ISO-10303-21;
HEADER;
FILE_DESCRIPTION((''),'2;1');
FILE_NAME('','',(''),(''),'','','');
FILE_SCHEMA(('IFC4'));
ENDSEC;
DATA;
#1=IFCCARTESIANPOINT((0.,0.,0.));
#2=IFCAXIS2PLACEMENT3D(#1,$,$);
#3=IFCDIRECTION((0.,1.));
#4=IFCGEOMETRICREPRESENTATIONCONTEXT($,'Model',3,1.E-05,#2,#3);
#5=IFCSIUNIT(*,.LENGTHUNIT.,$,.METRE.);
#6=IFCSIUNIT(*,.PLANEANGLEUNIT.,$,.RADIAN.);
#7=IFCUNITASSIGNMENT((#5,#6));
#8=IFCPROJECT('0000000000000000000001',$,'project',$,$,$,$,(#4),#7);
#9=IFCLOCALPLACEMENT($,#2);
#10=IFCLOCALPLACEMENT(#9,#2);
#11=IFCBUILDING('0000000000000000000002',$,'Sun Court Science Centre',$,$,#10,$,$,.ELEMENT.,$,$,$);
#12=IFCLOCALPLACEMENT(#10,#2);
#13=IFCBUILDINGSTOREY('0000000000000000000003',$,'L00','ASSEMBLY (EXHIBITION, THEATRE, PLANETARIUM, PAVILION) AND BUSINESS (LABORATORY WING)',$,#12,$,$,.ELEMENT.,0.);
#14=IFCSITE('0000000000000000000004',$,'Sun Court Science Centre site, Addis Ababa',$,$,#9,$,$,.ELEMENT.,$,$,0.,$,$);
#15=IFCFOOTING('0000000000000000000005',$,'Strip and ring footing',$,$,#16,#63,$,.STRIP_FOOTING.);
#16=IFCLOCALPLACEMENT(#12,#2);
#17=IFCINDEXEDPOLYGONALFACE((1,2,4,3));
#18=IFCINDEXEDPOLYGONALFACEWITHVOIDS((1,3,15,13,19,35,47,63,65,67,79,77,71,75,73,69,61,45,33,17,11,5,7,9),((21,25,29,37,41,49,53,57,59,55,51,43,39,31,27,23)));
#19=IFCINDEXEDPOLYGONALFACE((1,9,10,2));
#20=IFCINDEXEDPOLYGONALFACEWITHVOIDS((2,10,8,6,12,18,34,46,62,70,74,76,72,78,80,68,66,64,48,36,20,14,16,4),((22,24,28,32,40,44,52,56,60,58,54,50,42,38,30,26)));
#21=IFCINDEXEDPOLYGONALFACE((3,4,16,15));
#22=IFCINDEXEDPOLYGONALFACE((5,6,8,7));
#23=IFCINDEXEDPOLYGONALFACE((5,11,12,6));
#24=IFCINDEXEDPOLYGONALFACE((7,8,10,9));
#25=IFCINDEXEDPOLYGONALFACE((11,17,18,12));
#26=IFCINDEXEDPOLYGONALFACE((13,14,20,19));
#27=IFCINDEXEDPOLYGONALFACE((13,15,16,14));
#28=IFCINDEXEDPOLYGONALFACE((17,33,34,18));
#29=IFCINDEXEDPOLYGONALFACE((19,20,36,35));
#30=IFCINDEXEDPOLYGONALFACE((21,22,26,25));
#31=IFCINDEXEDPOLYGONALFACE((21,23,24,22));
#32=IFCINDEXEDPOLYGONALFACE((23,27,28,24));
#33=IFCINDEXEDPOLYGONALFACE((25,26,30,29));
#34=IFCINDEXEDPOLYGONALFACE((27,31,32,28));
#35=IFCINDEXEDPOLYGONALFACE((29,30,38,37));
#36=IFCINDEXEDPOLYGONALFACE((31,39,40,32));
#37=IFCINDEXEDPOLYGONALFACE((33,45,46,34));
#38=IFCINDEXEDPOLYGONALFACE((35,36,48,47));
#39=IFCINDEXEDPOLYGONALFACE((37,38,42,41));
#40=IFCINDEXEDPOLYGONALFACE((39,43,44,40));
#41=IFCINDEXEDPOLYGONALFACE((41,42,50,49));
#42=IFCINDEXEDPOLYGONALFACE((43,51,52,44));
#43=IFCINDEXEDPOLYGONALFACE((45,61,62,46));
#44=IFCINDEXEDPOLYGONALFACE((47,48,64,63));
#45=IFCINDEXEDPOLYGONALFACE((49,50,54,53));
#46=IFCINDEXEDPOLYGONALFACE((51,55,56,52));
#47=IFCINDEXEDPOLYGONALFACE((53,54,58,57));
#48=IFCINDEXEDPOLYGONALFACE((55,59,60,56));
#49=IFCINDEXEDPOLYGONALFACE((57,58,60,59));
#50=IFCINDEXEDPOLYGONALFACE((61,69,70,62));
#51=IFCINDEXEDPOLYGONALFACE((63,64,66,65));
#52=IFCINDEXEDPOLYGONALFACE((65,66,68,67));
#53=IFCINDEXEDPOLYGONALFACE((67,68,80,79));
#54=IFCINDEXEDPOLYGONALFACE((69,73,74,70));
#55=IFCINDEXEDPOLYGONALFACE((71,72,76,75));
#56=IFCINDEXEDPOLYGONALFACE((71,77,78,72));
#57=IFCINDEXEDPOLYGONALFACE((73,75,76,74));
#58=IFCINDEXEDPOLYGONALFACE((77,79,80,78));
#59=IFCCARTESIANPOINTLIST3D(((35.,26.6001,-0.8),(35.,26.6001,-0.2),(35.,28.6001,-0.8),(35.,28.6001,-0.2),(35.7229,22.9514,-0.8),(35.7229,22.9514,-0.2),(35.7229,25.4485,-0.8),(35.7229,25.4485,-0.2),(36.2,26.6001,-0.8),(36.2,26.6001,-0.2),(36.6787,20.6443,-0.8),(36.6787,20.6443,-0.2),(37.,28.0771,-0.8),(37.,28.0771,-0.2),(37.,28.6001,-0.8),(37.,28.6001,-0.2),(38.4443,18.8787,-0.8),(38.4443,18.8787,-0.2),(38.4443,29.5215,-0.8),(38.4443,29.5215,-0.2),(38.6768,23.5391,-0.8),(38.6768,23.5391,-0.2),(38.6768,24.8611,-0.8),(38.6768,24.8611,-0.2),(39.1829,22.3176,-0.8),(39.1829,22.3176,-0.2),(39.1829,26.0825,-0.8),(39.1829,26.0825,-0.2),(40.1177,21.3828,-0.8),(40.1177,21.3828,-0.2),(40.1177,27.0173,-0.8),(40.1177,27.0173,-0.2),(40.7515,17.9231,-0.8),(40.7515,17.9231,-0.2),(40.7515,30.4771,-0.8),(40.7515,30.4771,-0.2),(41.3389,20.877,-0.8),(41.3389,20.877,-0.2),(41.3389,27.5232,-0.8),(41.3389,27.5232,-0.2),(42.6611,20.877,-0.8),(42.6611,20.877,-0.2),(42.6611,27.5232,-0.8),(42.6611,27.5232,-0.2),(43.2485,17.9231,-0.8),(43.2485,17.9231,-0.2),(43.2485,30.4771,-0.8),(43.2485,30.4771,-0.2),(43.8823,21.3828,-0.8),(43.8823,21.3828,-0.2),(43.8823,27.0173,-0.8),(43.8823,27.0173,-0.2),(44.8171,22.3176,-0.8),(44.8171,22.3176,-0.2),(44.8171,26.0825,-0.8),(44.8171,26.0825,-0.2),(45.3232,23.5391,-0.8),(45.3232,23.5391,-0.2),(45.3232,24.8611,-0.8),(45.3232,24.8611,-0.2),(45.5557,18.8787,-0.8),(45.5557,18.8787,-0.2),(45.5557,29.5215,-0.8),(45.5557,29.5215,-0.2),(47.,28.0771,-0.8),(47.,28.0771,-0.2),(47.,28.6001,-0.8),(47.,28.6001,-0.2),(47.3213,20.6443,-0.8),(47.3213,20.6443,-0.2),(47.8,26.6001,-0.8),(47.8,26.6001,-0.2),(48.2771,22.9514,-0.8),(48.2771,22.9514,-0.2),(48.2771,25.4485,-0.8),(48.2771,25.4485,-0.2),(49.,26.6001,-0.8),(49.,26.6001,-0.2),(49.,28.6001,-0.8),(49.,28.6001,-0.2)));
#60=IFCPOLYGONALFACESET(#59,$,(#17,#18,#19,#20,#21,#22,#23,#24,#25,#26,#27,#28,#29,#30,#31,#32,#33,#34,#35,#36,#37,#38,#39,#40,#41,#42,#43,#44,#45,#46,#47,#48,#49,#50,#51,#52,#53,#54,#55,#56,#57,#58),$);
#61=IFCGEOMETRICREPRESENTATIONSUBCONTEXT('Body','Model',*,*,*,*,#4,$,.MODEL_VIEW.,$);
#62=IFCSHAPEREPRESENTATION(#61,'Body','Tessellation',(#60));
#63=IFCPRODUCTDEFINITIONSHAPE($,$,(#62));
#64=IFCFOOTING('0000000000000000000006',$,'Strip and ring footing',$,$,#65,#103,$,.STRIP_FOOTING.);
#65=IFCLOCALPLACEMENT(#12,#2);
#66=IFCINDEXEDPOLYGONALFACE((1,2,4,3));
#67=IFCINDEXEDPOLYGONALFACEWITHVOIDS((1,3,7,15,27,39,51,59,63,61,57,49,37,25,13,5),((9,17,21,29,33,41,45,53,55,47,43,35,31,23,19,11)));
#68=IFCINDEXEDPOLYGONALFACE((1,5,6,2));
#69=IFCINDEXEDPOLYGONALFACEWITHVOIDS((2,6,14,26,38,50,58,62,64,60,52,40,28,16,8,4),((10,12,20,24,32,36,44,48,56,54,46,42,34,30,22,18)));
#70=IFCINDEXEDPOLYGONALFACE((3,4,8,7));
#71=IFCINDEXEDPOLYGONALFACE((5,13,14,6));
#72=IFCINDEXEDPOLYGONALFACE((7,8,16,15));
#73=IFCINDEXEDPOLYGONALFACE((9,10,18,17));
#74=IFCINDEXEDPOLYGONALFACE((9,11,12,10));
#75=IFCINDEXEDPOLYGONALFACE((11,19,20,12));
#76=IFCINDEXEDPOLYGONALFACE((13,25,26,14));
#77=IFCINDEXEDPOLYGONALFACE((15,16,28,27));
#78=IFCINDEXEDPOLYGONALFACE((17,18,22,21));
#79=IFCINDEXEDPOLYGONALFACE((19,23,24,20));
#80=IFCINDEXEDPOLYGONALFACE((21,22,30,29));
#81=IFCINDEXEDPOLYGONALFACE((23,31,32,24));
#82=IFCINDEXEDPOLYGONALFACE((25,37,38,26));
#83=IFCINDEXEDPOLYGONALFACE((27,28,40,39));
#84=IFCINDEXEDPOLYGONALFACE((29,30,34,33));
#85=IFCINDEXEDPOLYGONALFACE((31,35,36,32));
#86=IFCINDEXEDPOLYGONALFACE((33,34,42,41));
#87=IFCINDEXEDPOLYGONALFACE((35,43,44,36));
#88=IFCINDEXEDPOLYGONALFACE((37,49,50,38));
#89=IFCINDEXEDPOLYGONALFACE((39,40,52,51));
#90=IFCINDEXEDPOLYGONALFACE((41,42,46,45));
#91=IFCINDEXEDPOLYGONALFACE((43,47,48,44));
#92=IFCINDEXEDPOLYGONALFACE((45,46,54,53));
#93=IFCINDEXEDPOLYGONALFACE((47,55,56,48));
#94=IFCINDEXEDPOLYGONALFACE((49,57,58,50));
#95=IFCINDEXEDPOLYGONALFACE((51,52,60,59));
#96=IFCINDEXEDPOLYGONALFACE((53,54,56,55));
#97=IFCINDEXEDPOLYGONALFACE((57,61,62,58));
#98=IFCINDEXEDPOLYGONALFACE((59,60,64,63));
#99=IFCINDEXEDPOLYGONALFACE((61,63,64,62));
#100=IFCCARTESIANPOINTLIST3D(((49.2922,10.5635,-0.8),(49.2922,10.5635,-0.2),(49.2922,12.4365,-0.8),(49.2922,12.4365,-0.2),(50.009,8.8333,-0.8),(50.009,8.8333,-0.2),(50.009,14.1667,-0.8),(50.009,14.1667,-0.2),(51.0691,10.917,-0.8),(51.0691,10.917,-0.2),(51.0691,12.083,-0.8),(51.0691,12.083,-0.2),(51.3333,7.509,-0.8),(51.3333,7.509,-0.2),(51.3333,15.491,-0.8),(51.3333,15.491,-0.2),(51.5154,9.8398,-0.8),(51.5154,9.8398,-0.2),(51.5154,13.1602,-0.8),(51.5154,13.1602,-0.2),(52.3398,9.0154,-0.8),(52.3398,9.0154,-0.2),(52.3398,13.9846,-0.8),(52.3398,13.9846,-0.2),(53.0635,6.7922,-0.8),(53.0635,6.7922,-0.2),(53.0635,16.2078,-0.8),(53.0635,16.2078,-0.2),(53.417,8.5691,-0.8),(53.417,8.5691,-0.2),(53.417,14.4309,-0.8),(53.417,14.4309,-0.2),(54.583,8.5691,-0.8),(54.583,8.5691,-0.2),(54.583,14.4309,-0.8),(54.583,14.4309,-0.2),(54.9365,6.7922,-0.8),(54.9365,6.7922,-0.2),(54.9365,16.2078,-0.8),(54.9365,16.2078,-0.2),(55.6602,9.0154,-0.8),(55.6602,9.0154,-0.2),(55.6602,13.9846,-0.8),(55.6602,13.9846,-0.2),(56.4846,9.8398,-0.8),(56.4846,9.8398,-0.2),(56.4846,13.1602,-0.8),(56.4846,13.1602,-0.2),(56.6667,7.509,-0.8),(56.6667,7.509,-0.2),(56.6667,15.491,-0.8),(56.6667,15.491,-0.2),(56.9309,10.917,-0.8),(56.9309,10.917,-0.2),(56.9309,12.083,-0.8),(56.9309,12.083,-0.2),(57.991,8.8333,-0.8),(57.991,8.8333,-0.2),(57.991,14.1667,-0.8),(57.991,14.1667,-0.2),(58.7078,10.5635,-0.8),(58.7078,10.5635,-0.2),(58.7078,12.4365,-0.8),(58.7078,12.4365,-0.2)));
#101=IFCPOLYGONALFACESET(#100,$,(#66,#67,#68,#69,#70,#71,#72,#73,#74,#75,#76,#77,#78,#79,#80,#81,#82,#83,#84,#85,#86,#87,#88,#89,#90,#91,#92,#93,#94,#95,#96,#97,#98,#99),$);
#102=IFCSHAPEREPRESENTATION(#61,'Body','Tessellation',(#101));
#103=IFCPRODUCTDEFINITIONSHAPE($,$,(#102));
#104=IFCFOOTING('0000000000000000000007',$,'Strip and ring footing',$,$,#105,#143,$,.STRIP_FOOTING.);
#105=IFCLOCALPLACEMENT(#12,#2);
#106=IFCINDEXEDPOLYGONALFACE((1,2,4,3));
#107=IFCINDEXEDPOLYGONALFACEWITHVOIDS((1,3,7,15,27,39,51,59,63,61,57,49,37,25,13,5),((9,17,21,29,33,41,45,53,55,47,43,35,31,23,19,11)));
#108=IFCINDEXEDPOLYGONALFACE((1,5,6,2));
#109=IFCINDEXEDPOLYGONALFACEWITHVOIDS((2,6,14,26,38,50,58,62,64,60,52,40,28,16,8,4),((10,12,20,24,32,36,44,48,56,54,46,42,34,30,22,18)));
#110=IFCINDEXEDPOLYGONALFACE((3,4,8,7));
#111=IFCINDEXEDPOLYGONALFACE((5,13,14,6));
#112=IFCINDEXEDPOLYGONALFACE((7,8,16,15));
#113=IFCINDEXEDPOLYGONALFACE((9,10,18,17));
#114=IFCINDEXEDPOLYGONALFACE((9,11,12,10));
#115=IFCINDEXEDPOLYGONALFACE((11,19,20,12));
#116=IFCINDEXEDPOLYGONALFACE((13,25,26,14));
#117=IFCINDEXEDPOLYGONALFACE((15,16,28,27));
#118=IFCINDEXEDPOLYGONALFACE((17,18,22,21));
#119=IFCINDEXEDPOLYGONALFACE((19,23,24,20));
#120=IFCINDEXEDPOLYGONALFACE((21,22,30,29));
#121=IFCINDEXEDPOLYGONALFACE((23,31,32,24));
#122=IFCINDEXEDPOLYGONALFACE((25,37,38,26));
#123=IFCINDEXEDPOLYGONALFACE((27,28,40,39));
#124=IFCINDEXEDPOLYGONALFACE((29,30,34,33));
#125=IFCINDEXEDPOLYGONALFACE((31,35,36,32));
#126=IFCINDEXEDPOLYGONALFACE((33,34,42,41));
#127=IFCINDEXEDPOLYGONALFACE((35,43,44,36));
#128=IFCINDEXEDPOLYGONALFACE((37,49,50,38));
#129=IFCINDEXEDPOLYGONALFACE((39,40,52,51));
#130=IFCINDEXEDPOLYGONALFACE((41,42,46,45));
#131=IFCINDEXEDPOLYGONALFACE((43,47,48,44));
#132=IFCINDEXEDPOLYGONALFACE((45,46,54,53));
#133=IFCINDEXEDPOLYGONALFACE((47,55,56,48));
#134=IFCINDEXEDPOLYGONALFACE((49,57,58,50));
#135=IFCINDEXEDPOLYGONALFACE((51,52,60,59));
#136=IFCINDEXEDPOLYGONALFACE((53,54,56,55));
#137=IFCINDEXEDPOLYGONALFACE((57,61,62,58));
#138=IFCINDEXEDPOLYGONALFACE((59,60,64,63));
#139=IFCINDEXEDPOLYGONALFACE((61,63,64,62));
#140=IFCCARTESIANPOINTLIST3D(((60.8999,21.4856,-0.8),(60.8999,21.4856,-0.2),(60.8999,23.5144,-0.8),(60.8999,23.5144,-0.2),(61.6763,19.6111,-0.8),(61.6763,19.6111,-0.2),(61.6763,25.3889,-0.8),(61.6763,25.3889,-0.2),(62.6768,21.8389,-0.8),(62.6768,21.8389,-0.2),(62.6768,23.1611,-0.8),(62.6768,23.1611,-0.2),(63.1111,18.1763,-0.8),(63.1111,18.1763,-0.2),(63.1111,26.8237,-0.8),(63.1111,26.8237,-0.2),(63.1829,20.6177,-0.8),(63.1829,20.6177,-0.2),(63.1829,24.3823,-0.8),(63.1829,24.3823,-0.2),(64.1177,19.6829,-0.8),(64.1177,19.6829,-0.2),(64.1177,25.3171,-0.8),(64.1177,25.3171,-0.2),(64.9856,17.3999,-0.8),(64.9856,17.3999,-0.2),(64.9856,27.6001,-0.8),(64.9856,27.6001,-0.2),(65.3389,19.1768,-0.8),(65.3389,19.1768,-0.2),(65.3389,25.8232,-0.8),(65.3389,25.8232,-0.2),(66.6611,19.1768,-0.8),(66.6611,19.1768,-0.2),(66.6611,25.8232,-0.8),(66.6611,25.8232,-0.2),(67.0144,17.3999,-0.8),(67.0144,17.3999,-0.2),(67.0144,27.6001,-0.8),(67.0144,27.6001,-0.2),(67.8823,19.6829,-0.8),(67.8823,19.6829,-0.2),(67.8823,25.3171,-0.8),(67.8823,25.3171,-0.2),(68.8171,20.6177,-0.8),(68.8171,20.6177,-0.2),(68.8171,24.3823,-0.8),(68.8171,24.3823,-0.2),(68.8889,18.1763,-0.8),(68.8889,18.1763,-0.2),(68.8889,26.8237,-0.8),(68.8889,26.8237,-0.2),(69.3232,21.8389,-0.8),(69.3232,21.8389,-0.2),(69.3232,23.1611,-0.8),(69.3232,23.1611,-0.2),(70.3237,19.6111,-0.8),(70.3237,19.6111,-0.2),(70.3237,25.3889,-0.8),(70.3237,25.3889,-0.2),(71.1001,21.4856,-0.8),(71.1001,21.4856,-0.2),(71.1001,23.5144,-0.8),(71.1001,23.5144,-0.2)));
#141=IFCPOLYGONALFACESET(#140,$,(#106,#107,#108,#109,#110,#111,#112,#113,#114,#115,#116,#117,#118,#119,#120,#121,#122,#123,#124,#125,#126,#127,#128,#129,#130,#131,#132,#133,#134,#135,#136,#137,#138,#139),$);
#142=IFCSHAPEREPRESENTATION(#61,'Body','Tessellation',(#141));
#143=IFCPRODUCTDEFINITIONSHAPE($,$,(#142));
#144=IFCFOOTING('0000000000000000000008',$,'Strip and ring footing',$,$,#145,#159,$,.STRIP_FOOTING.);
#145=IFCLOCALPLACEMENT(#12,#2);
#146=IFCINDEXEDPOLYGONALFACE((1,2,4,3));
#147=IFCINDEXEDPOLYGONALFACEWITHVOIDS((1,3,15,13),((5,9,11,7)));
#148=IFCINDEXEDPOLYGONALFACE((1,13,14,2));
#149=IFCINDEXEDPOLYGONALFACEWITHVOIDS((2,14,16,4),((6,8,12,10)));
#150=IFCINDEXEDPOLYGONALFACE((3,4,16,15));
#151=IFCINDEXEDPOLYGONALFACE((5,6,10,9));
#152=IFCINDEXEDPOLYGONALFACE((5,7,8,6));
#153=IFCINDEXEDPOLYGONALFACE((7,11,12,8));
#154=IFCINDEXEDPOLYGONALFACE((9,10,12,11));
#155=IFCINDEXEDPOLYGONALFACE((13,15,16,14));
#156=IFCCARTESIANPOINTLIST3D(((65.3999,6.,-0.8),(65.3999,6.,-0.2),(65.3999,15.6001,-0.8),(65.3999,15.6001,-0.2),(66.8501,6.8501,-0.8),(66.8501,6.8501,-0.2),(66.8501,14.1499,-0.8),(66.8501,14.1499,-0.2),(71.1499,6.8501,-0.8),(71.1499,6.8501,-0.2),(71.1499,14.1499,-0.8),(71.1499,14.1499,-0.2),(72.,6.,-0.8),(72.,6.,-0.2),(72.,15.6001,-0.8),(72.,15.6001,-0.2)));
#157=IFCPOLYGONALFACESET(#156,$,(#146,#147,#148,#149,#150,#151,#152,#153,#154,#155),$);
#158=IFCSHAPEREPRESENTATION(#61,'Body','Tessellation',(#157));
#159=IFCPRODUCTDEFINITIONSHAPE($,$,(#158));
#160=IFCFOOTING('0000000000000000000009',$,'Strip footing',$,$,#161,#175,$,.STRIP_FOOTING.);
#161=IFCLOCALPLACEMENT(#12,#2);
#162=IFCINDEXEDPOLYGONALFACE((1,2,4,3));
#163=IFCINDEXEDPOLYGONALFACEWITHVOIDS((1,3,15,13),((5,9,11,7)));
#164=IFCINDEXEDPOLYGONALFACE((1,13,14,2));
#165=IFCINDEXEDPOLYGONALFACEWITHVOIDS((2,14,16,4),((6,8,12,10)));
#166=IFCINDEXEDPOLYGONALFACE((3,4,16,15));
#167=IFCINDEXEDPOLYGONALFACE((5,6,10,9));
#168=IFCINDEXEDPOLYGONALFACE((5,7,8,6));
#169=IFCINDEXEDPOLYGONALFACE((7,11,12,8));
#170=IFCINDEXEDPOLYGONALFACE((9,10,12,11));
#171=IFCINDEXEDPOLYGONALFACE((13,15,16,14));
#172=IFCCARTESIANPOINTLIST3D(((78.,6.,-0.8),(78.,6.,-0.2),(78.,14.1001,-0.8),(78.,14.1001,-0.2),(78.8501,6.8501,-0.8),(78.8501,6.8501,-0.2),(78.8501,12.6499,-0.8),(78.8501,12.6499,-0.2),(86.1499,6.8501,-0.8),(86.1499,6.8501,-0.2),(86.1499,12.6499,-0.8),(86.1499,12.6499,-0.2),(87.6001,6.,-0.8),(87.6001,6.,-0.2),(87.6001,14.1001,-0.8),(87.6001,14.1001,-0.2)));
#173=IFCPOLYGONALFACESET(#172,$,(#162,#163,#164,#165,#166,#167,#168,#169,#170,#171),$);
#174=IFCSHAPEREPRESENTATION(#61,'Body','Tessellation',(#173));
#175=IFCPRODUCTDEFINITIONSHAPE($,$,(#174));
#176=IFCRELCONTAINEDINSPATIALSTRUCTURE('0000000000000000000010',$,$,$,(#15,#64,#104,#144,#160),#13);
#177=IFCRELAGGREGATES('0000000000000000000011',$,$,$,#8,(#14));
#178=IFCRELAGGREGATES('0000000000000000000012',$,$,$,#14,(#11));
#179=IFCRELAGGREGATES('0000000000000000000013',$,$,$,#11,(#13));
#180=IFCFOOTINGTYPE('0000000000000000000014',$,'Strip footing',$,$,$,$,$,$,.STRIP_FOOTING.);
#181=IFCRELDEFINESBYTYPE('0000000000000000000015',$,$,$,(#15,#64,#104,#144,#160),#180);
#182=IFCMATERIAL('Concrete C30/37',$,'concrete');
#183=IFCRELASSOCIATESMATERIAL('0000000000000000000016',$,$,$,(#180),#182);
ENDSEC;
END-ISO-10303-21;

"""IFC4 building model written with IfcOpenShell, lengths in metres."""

from ifc_helpers import new_model, si_unit, direction, frame, origin, place, context, subcontext, project, spatial, polyline, outline, extrude, material, type_object, element, save


model = new_model("IFC4")

# Units and contexts
model_context = context("Model", 3, precision=1e-05, world=origin(), true_north=direction((0.0, 1.0)))
body_context = subcontext(model_context, "Body", "Model", "MODEL_VIEW")
ifc_project = project(units=[si_unit("LENGTHUNIT", "METRE"), si_unit("PLANEANGLEUNIT", "RADIAN")], contexts=[model_context])

# Site, building, storey
site_placement = place(None, origin())
site = spatial("IfcSite", under=ifc_project, at=site_placement, Name="Sun Court Science Centre site, Addis Ababa", CompositionType="ELEMENT", RefElevation=0.0)
building_placement = place(site_placement, origin())
building = spatial("IfcBuilding", under=site, at=building_placement, Name="Sun Court Science Centre", CompositionType="ELEMENT")
storey_placement = place(building_placement, origin())
storey = spatial("IfcBuildingStorey", under=building, at=storey_placement, Name="L00", Description="ASSEMBLY (EXHIBITION, THEATRE, PLANETARIUM, PAVILION) AND BUSINESS (LABORATORY WING)", CompositionType="ELEMENT", Elevation=0.0)

# Footings
ifc_material_1 = material(Name="Concrete C30/37", Category="concrete")
footing_type_1 = type_object("IfcFootingType", Name="Strip footing", PredefinedType="STRIP_FOOTING", material=ifc_material_1)
footing_1_placement = place(storey_placement, frame((0.0, 0.0, -0.8)))
element("IfcFooting", 1, at=footing_1_placement, inside=storey, type_object=footing_type_1, Name="Strip and ring footing", PredefinedType="STRIP_FOOTING", context=body_context, shape_type="SweptSolid", body=[
    extrude(outline(polyline([(36.6787, 20.6443), (38.4443, 18.8787), (40.7515, 17.9231), (43.2485, 17.9231), (45.5557, 18.8787), (47.3213, 20.6443), (48.2771, 22.9514), (48.2771, 25.4485), (47.8, 26.6001), (49.0, 26.6001), (49.0, 28.6001), (47.0, 28.6001), (47.0, 28.0771), (45.5557, 29.5215), (43.2485, 30.4771), (40.7515, 30.4771), (38.4443, 29.5215), (37.0, 28.0771), (37.0, 28.6001), (35.0, 28.6001), (35.0, 26.6001), (36.2, 26.6001), (35.7229, 25.4485), (35.7229, 22.9514), (36.6787, 20.6443)]), holes=[polyline([(38.6768, 24.8611), (39.1829, 26.0825), (40.1177, 27.0173), (41.3389, 27.5232), (42.6611, 27.5232), (43.8823, 27.0173), (44.8171, 26.0825), (45.3232, 24.8611), (45.3232, 23.5391), (44.8171, 22.3176), (43.8823, 21.3828), (42.6611, 20.877), (41.3389, 20.877), (40.1177, 21.3828), (39.1829, 22.3176), (38.6768, 23.5391), (38.6768, 24.8611)])]), origin(), (0.0, 0.0, 1.0), 0.6001),
])
footing_2_placement = place(storey_placement, frame((0.0, 0.0, -0.8)))
element("IfcFooting", 2, at=footing_2_placement, inside=storey, type_object=footing_type_1, Name="Strip and ring footing", PredefinedType="STRIP_FOOTING", context=body_context, shape_type="SweptSolid", body=[
    extrude(outline(polyline([(50.009, 8.8333), (51.3333, 7.509), (53.0635, 6.7922), (54.9365, 6.7922), (56.6667, 7.509), (57.991, 8.8333), (58.7078, 10.5635), (58.7078, 12.4365), (57.991, 14.1667), (56.6667, 15.491), (54.9365, 16.2078), (53.0635, 16.2078), (51.3333, 15.491), (50.009, 14.1667), (49.2922, 12.4365), (49.2922, 10.5635), (50.009, 8.8333)]), holes=[polyline([(51.0691, 12.083), (51.5154, 13.1602), (52.3398, 13.9846), (53.417, 14.4309), (54.583, 14.4309), (55.6602, 13.9846), (56.4846, 13.1602), (56.9309, 12.083), (56.9309, 10.917), (56.4846, 9.8398), (55.6602, 9.0154), (54.583, 8.5691), (53.417, 8.5691), (52.3398, 9.0154), (51.5154, 9.8398), (51.0691, 10.917), (51.0691, 12.083)])]), origin(), (0.0, 0.0, 1.0), 0.6001),
])
footing_3_placement = place(storey_placement, frame((0.0, 0.0, -0.8)))
element("IfcFooting", 3, at=footing_3_placement, inside=storey, type_object=footing_type_1, Name="Strip and ring footing", PredefinedType="STRIP_FOOTING", context=body_context, shape_type="SweptSolid", body=[
    extrude(outline(polyline([(63.1111, 18.1763), (64.9856, 17.3999), (67.0144, 17.3999), (68.8889, 18.1763), (70.3237, 19.6111), (71.1001, 21.4856), (71.1001, 23.5144), (70.3237, 25.3889), (68.8889, 26.8237), (67.0144, 27.6001), (64.9856, 27.6001), (63.1111, 26.8237), (61.6763, 25.3889), (60.8999, 23.5144), (60.8999, 21.4856), (61.6763, 19.6111), (63.1111, 18.1763)]), holes=[polyline([(63.1829, 24.3823), (64.1177, 25.3171), (65.3389, 25.8232), (66.6611, 25.8232), (67.8823, 25.3171), (68.8171, 24.3823), (69.3232, 23.1611), (69.3232, 21.8389), (68.8171, 20.6177), (67.8823, 19.6829), (66.6611, 19.1768), (65.3389, 19.1768), (64.1177, 19.6829), (63.1829, 20.6177), (62.6768, 21.8389), (62.6768, 23.1611), (63.1829, 24.3823)])]), origin(), (0.0, 0.0, 1.0), 0.6001),
])
footing_4_placement = place(storey_placement, frame((0.0, 0.0, -0.8)))
element("IfcFooting", 4, at=footing_4_placement, inside=storey, type_object=footing_type_1, Name="Strip and ring footing", PredefinedType="STRIP_FOOTING", context=body_context, shape_type="SweptSolid", body=[
    extrude(outline(polyline([(65.3999, 6.0), (72.0, 6.0), (72.0, 15.6001), (65.3999, 15.6001), (65.3999, 6.0)]), holes=[polyline([(66.8501, 6.8501), (66.8501, 14.1499), (71.1499, 14.1499), (71.1499, 6.8501), (66.8501, 6.8501)])]), origin(), (0.0, 0.0, 1.0), 0.6001),
])
footing_5_placement = place(storey_placement, frame((0.0, 0.0, -0.8)))
element("IfcFooting", 5, at=footing_5_placement, inside=storey, type_object=footing_type_1, Name="Strip footing", PredefinedType="STRIP_FOOTING", context=body_context, shape_type="SweptSolid", body=[
    extrude(outline(polyline([(78.0, 14.1001), (78.0, 6.0), (87.6001, 6.0), (87.6001, 14.1001), (78.0, 14.1001)]), holes=[polyline([(86.1499, 6.8501), (78.8501, 6.8501), (78.8501, 12.6499), (86.1499, 12.6499), (86.1499, 6.8501)])]), origin(), (0.0, 0.0, 1.0), 0.6001),
])

save(model, "model.ifc")
